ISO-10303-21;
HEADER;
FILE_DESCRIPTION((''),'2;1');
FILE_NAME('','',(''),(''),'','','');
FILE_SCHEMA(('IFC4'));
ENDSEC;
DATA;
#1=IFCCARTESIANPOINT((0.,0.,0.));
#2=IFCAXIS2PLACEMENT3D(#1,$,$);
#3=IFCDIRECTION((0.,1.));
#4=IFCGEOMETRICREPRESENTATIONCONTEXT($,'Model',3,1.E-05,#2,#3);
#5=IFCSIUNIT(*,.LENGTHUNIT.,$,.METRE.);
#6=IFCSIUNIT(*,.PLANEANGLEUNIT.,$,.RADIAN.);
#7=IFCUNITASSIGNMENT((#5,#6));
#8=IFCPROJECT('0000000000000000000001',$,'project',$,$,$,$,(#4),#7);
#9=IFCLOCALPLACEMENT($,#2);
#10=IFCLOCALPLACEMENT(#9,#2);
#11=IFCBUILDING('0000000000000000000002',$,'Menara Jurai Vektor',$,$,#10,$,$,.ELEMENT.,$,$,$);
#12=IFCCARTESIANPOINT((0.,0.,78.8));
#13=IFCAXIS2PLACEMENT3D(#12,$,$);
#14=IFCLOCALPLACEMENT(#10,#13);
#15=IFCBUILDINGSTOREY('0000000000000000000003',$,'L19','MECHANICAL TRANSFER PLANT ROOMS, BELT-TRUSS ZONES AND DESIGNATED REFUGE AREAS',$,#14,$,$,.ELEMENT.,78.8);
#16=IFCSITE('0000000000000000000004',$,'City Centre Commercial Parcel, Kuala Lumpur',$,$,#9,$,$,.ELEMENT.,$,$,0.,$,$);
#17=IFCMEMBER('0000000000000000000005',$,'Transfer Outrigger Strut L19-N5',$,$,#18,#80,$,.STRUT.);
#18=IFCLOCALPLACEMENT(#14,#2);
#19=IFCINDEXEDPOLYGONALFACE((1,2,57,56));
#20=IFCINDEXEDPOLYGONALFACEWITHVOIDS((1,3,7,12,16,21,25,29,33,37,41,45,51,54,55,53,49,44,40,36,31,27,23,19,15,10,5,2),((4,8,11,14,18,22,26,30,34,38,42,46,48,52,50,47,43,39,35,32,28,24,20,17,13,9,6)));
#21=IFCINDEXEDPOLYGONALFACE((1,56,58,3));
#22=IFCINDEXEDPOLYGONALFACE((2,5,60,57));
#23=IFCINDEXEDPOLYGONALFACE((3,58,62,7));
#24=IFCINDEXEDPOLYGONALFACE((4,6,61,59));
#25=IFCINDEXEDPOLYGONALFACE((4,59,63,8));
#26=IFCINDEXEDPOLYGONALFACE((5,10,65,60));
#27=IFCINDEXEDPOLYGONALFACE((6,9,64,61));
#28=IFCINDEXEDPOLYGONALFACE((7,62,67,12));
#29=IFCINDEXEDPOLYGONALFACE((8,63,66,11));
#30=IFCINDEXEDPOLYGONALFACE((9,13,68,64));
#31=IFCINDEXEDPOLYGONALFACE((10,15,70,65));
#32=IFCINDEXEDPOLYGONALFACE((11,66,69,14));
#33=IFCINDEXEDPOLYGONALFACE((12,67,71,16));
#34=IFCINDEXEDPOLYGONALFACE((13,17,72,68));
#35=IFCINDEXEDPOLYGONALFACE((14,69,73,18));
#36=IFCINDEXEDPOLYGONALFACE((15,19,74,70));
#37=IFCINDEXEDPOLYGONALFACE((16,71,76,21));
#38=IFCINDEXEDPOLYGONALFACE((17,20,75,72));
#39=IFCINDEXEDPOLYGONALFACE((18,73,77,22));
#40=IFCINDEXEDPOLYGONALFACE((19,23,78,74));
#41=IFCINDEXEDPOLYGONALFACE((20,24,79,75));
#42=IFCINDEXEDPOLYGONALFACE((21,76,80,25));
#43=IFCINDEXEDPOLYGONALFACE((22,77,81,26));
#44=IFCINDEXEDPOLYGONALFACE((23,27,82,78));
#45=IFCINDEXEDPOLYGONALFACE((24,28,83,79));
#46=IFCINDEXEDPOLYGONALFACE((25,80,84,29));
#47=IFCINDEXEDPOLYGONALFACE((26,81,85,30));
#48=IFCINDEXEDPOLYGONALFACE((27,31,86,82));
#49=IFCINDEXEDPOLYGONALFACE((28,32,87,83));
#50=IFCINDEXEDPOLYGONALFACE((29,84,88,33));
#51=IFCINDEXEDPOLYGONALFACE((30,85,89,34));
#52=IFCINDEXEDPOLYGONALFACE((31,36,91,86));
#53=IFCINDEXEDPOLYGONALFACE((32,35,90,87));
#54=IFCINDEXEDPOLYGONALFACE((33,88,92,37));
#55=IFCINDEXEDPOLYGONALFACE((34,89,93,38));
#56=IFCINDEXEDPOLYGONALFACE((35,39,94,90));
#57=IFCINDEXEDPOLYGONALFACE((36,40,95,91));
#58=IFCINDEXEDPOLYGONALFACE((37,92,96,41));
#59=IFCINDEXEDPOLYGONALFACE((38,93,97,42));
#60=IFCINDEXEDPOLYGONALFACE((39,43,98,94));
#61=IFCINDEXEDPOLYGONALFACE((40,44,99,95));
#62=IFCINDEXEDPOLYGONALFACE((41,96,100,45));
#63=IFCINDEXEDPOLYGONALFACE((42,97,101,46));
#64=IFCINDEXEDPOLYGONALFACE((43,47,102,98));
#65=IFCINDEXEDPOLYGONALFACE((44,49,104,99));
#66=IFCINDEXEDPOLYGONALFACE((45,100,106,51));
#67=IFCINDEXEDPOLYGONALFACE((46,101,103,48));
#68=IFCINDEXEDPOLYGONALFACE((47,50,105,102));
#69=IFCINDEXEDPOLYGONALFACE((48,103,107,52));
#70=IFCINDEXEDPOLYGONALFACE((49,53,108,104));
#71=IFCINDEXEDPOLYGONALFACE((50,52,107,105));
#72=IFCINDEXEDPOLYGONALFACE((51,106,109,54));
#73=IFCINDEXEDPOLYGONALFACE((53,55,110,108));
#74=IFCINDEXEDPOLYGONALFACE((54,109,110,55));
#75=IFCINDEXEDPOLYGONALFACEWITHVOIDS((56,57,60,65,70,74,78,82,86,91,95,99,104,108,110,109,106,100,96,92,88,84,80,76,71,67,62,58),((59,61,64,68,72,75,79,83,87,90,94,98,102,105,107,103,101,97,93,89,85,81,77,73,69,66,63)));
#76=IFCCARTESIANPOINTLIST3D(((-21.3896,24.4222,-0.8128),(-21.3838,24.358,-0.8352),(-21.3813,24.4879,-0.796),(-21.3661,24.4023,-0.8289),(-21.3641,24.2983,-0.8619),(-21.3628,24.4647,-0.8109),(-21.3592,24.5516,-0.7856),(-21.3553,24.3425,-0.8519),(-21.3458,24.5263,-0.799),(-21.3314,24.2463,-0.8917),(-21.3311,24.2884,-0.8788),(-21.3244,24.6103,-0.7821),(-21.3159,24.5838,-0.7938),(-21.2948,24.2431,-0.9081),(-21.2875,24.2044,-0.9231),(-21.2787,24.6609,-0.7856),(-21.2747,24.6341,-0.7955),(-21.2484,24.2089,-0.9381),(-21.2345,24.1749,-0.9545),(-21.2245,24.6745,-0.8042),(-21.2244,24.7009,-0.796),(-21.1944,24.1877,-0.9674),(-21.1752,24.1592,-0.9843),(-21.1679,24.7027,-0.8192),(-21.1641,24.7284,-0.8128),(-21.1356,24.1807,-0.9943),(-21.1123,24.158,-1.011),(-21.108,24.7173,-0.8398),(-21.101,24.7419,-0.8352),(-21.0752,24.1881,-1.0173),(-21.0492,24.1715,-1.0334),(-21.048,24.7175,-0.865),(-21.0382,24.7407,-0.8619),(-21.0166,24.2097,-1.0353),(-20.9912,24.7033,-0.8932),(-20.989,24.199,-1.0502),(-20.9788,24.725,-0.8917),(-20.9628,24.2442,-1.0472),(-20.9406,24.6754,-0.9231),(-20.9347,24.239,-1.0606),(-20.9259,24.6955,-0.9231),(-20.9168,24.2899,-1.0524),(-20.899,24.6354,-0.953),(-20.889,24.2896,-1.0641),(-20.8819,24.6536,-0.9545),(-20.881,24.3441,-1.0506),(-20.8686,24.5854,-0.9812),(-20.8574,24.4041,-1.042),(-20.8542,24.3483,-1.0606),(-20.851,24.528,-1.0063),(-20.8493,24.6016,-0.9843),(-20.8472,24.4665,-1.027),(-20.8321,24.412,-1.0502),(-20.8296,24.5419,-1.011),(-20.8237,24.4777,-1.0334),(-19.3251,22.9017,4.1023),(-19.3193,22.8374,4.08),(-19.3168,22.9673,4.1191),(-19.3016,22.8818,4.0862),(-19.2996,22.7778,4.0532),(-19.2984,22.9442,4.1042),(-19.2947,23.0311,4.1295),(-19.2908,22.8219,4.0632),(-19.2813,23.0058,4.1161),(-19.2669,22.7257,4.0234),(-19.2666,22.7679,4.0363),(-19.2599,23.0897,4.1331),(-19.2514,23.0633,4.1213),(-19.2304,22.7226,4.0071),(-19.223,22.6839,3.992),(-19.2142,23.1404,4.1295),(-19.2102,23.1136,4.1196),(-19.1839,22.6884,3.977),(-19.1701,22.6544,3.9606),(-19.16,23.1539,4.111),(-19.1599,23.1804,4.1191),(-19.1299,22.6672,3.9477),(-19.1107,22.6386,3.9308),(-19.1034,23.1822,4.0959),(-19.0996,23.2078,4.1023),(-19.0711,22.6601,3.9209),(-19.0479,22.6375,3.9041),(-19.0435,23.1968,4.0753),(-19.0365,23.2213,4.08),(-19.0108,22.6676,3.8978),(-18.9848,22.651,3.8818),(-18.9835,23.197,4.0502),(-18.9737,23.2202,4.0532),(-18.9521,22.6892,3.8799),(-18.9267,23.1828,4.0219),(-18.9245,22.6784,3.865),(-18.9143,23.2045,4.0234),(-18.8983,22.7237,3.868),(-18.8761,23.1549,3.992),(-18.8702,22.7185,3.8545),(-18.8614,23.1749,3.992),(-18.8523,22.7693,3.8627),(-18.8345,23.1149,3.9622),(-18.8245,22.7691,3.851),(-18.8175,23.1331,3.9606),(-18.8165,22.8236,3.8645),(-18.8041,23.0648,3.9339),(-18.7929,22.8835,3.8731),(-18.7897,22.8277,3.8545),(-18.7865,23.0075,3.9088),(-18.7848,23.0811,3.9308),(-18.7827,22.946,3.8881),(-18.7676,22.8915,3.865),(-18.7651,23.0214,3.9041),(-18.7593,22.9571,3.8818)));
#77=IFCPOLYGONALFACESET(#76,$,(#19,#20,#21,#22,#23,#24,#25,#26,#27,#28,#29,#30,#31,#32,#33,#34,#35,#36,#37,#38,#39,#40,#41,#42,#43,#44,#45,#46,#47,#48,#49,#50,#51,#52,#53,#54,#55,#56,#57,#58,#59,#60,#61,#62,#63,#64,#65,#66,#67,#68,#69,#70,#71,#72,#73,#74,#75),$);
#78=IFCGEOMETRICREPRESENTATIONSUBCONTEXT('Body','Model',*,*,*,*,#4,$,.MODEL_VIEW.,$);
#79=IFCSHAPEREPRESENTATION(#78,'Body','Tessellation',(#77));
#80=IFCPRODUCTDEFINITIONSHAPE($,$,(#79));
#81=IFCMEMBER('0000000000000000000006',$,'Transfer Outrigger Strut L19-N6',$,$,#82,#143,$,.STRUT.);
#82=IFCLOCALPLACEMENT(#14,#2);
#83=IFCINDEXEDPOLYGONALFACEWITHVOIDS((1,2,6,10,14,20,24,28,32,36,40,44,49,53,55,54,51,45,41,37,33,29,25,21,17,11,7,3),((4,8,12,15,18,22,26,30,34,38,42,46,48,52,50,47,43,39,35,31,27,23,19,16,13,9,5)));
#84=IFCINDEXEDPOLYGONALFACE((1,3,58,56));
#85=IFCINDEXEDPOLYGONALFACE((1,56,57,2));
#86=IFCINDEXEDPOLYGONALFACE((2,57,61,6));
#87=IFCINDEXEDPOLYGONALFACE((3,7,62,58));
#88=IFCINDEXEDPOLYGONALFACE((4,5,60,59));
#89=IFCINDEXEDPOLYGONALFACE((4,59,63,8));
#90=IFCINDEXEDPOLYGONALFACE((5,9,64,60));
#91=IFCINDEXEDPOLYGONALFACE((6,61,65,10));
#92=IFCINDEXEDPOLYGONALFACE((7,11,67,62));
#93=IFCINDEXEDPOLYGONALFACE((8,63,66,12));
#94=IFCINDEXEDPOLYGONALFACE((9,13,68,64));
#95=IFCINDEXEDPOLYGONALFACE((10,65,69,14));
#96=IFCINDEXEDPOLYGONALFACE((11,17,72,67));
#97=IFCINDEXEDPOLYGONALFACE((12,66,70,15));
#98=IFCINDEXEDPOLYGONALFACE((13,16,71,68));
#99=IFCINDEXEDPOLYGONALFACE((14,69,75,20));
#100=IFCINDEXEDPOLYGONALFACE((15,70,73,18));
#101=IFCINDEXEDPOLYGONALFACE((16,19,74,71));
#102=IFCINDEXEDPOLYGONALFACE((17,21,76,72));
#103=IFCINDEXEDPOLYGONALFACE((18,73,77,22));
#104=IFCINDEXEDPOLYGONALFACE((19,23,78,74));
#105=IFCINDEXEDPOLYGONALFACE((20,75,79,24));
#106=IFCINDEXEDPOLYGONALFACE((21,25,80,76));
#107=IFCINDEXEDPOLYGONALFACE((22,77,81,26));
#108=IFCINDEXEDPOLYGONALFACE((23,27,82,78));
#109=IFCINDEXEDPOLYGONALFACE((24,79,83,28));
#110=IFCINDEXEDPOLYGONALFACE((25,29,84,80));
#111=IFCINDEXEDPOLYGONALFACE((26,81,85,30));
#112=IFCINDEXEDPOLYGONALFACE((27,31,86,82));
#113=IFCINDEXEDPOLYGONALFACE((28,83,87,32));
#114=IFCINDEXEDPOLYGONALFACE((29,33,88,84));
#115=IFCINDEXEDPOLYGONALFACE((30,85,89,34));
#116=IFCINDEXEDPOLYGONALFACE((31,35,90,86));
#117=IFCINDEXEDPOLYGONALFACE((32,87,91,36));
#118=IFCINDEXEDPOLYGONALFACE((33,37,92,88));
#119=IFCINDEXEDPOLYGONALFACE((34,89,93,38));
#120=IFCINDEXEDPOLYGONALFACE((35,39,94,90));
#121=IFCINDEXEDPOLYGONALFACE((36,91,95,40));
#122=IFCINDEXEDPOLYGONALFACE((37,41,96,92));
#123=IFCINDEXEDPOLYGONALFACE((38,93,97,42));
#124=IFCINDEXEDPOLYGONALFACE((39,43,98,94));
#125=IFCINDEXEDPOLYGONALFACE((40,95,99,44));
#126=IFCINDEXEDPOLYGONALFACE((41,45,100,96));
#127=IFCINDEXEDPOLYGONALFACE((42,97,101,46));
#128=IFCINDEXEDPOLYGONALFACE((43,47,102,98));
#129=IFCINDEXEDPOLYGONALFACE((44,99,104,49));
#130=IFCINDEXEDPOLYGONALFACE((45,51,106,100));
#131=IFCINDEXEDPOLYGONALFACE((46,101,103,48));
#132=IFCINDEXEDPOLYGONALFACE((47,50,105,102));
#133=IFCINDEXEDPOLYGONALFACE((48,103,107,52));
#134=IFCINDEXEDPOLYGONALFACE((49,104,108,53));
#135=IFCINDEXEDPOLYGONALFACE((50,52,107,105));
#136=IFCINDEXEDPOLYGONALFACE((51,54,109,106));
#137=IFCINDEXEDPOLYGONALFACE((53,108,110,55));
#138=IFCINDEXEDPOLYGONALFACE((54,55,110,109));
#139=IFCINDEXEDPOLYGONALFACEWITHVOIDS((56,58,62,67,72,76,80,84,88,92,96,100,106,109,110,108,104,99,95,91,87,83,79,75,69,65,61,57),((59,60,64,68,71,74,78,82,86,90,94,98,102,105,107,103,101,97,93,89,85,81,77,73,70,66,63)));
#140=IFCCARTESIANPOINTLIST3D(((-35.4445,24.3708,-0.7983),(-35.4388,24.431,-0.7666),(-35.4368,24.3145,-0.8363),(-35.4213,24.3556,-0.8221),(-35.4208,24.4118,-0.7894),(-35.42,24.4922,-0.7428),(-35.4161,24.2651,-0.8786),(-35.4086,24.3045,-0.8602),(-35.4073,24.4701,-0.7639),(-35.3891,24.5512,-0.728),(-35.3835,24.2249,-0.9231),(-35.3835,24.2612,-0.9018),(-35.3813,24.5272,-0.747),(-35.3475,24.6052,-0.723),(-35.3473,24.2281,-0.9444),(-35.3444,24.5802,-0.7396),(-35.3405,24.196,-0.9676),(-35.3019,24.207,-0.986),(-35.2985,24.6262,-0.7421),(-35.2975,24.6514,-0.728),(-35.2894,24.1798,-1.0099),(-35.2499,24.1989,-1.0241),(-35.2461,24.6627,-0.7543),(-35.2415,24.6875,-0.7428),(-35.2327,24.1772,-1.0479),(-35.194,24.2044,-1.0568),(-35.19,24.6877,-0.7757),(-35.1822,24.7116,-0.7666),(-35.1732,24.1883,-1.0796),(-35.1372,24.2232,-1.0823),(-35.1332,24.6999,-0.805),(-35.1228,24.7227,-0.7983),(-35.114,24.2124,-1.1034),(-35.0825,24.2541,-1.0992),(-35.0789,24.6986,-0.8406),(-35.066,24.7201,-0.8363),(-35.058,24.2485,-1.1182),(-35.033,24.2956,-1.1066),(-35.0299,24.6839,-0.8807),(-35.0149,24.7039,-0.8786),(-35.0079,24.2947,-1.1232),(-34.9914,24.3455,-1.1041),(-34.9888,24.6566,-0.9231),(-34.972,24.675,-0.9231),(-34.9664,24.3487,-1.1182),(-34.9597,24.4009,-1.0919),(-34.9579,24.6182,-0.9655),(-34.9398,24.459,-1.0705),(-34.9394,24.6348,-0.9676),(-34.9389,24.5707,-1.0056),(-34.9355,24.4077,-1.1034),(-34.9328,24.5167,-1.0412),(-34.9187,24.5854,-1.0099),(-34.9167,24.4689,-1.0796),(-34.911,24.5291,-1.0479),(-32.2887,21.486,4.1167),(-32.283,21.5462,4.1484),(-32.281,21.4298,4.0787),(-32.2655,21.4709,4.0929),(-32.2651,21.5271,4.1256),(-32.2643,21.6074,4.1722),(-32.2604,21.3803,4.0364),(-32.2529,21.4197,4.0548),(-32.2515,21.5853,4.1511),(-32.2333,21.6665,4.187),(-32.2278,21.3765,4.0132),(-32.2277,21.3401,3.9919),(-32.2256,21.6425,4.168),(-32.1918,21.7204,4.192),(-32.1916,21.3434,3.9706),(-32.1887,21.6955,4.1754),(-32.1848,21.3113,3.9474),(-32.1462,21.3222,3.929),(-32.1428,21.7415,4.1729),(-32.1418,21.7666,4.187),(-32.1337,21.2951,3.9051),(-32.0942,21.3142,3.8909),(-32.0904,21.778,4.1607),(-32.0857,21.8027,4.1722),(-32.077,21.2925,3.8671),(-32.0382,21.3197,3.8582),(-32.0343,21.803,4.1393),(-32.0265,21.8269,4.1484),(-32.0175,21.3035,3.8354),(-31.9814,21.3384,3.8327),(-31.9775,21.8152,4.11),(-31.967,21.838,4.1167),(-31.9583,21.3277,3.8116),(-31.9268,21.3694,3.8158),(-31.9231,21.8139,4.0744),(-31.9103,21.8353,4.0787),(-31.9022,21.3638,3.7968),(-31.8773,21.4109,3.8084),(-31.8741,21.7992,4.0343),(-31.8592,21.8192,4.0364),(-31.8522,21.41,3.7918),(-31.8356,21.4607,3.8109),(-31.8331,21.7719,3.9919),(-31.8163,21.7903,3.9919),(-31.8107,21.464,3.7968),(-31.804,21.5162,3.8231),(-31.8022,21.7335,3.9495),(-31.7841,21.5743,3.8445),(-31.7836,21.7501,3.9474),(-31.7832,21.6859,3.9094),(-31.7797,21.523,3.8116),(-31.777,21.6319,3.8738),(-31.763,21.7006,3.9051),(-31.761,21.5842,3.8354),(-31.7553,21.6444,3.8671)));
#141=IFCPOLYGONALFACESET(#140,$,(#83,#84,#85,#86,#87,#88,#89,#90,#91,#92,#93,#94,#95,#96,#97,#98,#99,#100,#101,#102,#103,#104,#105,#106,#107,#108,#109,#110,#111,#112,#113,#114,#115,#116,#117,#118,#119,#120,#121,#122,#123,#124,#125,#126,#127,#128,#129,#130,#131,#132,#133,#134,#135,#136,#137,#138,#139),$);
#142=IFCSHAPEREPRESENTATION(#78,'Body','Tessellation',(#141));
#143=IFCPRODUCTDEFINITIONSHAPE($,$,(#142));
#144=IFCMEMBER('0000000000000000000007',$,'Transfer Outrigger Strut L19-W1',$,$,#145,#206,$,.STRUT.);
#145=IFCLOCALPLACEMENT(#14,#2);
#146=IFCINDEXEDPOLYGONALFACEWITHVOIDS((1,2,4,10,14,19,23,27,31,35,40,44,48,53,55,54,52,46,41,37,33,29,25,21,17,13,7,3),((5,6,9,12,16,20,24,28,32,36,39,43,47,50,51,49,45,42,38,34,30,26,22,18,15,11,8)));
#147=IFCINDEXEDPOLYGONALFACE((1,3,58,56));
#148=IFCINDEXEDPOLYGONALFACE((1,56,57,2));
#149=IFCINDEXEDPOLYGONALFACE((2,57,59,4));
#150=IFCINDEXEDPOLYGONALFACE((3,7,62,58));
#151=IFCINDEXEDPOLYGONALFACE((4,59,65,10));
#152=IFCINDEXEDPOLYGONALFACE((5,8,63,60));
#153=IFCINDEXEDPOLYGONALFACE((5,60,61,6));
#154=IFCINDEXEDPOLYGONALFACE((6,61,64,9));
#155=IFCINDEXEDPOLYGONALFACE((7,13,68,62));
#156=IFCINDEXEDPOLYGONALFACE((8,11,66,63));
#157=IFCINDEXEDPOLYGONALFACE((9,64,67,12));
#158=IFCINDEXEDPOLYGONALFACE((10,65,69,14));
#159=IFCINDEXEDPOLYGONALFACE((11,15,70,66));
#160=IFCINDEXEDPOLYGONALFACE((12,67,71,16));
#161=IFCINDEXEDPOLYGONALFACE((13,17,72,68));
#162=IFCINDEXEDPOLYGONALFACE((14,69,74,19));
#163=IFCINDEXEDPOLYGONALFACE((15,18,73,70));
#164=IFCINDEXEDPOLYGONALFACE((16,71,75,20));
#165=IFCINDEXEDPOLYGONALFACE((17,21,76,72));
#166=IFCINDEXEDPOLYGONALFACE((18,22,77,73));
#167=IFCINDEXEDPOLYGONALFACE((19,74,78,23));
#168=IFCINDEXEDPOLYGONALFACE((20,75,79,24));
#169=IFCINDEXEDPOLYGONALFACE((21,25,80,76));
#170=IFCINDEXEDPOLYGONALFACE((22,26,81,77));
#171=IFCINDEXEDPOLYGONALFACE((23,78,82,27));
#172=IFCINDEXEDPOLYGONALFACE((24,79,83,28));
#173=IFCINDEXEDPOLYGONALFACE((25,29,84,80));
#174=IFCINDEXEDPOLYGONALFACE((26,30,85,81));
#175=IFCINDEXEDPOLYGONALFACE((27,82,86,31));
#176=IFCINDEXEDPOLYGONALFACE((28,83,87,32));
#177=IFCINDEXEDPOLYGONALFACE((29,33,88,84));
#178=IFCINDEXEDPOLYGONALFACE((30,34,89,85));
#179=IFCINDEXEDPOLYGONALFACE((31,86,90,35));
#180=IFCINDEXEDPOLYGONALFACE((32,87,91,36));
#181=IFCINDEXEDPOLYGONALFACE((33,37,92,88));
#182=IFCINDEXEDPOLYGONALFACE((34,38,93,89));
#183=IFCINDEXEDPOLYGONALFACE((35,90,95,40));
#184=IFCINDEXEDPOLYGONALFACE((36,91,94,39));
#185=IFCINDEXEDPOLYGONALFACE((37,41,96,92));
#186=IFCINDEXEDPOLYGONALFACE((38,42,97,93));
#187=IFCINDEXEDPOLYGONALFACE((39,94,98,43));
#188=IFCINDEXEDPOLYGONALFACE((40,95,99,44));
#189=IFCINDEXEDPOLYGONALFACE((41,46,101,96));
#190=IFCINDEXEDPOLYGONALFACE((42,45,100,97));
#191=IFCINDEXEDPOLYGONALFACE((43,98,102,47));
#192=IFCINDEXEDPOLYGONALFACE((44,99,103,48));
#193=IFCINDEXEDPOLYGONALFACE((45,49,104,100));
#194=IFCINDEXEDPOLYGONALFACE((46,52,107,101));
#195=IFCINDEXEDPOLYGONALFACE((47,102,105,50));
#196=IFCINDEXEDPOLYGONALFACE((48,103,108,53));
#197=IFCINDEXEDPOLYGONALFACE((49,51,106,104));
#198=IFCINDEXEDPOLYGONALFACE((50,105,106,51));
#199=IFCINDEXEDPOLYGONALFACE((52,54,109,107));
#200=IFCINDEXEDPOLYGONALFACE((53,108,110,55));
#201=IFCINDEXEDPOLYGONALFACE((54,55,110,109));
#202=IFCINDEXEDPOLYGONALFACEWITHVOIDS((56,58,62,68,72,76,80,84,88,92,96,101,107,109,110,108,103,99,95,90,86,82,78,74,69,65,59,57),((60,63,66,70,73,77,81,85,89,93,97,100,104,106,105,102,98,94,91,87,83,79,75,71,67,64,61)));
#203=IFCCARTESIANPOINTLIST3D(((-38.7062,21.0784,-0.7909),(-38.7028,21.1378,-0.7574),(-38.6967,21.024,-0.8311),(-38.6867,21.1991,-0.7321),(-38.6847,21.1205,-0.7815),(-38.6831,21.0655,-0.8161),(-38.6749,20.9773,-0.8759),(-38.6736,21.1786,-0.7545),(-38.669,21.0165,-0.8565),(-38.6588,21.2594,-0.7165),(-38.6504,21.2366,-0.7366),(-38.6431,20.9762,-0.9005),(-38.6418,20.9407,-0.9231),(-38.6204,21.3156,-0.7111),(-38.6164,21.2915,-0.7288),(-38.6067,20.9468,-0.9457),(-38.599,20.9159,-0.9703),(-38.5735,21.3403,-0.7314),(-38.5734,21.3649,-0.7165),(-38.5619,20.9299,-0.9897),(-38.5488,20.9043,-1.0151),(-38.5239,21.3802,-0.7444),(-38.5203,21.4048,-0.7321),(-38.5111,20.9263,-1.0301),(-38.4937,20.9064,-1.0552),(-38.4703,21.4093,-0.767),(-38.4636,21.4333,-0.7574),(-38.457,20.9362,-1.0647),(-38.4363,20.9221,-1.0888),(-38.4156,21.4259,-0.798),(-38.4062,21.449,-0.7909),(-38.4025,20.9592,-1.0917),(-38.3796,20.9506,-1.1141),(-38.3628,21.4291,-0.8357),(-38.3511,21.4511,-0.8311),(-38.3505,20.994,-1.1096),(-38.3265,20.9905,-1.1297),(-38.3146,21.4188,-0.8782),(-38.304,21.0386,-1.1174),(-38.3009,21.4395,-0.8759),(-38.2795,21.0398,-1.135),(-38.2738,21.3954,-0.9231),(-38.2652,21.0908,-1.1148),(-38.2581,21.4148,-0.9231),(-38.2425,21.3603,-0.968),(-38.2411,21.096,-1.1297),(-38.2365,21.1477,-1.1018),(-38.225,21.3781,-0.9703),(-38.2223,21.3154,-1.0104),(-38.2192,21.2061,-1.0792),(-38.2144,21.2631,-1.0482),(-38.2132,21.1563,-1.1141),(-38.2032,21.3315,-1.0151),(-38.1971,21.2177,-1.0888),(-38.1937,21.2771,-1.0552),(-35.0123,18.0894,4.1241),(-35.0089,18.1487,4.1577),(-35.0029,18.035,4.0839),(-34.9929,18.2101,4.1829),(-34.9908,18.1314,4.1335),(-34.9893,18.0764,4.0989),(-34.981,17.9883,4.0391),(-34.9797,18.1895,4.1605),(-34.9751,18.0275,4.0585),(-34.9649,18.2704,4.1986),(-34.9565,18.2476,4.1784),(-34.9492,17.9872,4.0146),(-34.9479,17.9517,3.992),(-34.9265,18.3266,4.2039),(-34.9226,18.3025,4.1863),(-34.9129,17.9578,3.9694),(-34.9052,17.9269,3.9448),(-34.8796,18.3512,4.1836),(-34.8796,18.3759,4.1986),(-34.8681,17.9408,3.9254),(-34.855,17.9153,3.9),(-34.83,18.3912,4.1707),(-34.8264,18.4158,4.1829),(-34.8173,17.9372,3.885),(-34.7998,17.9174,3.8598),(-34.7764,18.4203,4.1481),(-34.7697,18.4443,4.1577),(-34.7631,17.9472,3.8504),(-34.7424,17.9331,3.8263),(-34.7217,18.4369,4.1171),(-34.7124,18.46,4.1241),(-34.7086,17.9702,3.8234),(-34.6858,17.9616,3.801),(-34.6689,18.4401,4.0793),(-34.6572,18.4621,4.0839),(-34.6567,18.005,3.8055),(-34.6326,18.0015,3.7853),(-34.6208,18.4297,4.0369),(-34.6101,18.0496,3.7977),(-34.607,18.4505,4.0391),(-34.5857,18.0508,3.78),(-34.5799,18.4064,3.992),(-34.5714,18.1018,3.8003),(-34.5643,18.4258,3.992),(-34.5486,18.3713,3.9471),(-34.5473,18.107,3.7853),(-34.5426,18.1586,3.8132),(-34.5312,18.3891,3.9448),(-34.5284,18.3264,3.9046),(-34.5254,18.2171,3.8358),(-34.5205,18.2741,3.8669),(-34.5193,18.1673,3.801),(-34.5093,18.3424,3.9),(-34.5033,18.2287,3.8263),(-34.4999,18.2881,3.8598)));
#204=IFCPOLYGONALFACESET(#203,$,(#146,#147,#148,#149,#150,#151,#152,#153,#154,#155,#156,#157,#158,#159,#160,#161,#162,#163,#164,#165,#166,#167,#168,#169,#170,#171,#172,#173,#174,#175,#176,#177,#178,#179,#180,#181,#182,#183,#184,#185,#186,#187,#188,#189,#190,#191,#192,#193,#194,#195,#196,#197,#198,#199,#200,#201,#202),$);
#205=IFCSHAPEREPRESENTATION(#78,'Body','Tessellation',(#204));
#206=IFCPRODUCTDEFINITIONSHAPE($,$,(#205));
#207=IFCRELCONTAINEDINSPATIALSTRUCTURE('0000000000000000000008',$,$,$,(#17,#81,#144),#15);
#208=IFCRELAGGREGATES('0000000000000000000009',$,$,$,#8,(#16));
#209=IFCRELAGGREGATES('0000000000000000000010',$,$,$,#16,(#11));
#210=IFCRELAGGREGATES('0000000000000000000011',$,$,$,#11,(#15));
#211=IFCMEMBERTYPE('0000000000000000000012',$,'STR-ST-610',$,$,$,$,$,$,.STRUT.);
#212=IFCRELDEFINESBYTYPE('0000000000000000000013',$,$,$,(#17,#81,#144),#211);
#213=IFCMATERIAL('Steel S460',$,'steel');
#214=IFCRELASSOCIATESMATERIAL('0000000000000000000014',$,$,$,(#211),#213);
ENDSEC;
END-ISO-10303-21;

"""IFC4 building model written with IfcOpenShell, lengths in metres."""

from ifc_helpers import new_model, si_unit, direction, frame, origin, origin_2d, place, context, subcontext, project, spatial, hollow_circle, extrude, material, material_profile, profile_set, type_object, element, save


model = new_model("IFC4")

# Units and contexts
model_context = context("Model", 3, precision=1e-05, world=origin(), true_north=direction((0.0, 1.0)))
body_context = subcontext(model_context, "Body", "Model", "MODEL_VIEW")
ifc_project = project(units=[si_unit("LENGTHUNIT", "METRE"), si_unit("PLANEANGLEUNIT", "RADIAN")], contexts=[model_context])

# Site, building, storey
site_placement = place(None, origin())
site = spatial("IfcSite", under=ifc_project, at=site_placement, Name="City Centre Commercial Parcel, Kuala Lumpur", CompositionType="ELEMENT", RefElevation=0.0)
building_placement = place(site_placement, origin())
building = spatial("IfcBuilding", under=site, at=building_placement, Name="Menara Jurai Vektor", CompositionType="ELEMENT")
storey_placement = place(building_placement, frame((0.0, 0.0, 78.8)))
storey = spatial("IfcBuildingStorey", under=building, at=storey_placement, Name="L19", Description="MECHANICAL TRANSFER PLANT ROOMS, BELT-TRUSS ZONES AND DESIGNATED REFUGE AREAS", CompositionType="ELEMENT", Elevation=78.8)

# Shared definitions
ifc_material_1 = material(Name="Steel S460", Category="steel")

# Members
ifc_material_profile_1 = material_profile(ifc_material_1, hollow_circle(Radius=0.3049, WallThickness=0.0249, at=origin_2d()), Name="CHS 610x25")
ifc_profile_set_1 = profile_set([ifc_material_profile_1], Name="Steel S460")
member_type_1 = type_object("IfcMemberType", Name="STR-ST-610", PredefinedType="STRUT", material=ifc_profile_set_1)
member_1_placement = place(storey_placement, frame((-21.1067, 24.45, -0.9231), z_axis=(0.372403, -0.274282, 0.886615), x_axis=(0.59303, 0.80518, 0.0)))
element("IfcMember", 1, at=member_1_placement, inside=storey, type_object=member_type_1, Name="Transfer Outrigger Strut L19-N5", PredefinedType="STRUT", context=body_context, shape_type="SweptSolid", body=[
    extrude(hollow_circle(Radius=0.3049, WallThickness=0.0249, at=origin_2d()), origin(), (0.0, 0.0, 1.0), 5.5437),
])
member_2_placement = place(storey_placement, frame((-35.1777, 24.45, -0.9231), z_axis=(0.484423, -0.442824, 0.75448), x_axis=(0.674705, 0.738087, 0.0)))
element("IfcMember", 2, at=member_2_placement, inside=storey, type_object=member_type_1, Name="Transfer Outrigger Strut L19-N6", PredefinedType="STRUT", context=body_context, shape_type="SweptSolid", body=[
    extrude(hollow_circle(Radius=0.3049, WallThickness=0.0249, at=origin_2d()), origin(), (0.0, 0.0, 1.0), 6.5144),
])
member_3_placement = place(storey_placement, frame((-38.45, 21.1777, -0.9231), z_axis=(0.540321, -0.437221, 0.718952), x_axis=(0.62904, 0.777373, 0.0)))
element("IfcMember", 3, at=member_3_placement, inside=storey, type_object=member_type_1, Name="Transfer Outrigger Strut L19-W1", PredefinedType="STRUT", context=body_context, shape_type="SweptSolid", body=[
    extrude(hollow_circle(Radius=0.3049, WallThickness=0.0249, at=origin_2d()), origin(), (0.0, 0.0, 1.0), 6.8364),
])

save(model, "model.ifc")
